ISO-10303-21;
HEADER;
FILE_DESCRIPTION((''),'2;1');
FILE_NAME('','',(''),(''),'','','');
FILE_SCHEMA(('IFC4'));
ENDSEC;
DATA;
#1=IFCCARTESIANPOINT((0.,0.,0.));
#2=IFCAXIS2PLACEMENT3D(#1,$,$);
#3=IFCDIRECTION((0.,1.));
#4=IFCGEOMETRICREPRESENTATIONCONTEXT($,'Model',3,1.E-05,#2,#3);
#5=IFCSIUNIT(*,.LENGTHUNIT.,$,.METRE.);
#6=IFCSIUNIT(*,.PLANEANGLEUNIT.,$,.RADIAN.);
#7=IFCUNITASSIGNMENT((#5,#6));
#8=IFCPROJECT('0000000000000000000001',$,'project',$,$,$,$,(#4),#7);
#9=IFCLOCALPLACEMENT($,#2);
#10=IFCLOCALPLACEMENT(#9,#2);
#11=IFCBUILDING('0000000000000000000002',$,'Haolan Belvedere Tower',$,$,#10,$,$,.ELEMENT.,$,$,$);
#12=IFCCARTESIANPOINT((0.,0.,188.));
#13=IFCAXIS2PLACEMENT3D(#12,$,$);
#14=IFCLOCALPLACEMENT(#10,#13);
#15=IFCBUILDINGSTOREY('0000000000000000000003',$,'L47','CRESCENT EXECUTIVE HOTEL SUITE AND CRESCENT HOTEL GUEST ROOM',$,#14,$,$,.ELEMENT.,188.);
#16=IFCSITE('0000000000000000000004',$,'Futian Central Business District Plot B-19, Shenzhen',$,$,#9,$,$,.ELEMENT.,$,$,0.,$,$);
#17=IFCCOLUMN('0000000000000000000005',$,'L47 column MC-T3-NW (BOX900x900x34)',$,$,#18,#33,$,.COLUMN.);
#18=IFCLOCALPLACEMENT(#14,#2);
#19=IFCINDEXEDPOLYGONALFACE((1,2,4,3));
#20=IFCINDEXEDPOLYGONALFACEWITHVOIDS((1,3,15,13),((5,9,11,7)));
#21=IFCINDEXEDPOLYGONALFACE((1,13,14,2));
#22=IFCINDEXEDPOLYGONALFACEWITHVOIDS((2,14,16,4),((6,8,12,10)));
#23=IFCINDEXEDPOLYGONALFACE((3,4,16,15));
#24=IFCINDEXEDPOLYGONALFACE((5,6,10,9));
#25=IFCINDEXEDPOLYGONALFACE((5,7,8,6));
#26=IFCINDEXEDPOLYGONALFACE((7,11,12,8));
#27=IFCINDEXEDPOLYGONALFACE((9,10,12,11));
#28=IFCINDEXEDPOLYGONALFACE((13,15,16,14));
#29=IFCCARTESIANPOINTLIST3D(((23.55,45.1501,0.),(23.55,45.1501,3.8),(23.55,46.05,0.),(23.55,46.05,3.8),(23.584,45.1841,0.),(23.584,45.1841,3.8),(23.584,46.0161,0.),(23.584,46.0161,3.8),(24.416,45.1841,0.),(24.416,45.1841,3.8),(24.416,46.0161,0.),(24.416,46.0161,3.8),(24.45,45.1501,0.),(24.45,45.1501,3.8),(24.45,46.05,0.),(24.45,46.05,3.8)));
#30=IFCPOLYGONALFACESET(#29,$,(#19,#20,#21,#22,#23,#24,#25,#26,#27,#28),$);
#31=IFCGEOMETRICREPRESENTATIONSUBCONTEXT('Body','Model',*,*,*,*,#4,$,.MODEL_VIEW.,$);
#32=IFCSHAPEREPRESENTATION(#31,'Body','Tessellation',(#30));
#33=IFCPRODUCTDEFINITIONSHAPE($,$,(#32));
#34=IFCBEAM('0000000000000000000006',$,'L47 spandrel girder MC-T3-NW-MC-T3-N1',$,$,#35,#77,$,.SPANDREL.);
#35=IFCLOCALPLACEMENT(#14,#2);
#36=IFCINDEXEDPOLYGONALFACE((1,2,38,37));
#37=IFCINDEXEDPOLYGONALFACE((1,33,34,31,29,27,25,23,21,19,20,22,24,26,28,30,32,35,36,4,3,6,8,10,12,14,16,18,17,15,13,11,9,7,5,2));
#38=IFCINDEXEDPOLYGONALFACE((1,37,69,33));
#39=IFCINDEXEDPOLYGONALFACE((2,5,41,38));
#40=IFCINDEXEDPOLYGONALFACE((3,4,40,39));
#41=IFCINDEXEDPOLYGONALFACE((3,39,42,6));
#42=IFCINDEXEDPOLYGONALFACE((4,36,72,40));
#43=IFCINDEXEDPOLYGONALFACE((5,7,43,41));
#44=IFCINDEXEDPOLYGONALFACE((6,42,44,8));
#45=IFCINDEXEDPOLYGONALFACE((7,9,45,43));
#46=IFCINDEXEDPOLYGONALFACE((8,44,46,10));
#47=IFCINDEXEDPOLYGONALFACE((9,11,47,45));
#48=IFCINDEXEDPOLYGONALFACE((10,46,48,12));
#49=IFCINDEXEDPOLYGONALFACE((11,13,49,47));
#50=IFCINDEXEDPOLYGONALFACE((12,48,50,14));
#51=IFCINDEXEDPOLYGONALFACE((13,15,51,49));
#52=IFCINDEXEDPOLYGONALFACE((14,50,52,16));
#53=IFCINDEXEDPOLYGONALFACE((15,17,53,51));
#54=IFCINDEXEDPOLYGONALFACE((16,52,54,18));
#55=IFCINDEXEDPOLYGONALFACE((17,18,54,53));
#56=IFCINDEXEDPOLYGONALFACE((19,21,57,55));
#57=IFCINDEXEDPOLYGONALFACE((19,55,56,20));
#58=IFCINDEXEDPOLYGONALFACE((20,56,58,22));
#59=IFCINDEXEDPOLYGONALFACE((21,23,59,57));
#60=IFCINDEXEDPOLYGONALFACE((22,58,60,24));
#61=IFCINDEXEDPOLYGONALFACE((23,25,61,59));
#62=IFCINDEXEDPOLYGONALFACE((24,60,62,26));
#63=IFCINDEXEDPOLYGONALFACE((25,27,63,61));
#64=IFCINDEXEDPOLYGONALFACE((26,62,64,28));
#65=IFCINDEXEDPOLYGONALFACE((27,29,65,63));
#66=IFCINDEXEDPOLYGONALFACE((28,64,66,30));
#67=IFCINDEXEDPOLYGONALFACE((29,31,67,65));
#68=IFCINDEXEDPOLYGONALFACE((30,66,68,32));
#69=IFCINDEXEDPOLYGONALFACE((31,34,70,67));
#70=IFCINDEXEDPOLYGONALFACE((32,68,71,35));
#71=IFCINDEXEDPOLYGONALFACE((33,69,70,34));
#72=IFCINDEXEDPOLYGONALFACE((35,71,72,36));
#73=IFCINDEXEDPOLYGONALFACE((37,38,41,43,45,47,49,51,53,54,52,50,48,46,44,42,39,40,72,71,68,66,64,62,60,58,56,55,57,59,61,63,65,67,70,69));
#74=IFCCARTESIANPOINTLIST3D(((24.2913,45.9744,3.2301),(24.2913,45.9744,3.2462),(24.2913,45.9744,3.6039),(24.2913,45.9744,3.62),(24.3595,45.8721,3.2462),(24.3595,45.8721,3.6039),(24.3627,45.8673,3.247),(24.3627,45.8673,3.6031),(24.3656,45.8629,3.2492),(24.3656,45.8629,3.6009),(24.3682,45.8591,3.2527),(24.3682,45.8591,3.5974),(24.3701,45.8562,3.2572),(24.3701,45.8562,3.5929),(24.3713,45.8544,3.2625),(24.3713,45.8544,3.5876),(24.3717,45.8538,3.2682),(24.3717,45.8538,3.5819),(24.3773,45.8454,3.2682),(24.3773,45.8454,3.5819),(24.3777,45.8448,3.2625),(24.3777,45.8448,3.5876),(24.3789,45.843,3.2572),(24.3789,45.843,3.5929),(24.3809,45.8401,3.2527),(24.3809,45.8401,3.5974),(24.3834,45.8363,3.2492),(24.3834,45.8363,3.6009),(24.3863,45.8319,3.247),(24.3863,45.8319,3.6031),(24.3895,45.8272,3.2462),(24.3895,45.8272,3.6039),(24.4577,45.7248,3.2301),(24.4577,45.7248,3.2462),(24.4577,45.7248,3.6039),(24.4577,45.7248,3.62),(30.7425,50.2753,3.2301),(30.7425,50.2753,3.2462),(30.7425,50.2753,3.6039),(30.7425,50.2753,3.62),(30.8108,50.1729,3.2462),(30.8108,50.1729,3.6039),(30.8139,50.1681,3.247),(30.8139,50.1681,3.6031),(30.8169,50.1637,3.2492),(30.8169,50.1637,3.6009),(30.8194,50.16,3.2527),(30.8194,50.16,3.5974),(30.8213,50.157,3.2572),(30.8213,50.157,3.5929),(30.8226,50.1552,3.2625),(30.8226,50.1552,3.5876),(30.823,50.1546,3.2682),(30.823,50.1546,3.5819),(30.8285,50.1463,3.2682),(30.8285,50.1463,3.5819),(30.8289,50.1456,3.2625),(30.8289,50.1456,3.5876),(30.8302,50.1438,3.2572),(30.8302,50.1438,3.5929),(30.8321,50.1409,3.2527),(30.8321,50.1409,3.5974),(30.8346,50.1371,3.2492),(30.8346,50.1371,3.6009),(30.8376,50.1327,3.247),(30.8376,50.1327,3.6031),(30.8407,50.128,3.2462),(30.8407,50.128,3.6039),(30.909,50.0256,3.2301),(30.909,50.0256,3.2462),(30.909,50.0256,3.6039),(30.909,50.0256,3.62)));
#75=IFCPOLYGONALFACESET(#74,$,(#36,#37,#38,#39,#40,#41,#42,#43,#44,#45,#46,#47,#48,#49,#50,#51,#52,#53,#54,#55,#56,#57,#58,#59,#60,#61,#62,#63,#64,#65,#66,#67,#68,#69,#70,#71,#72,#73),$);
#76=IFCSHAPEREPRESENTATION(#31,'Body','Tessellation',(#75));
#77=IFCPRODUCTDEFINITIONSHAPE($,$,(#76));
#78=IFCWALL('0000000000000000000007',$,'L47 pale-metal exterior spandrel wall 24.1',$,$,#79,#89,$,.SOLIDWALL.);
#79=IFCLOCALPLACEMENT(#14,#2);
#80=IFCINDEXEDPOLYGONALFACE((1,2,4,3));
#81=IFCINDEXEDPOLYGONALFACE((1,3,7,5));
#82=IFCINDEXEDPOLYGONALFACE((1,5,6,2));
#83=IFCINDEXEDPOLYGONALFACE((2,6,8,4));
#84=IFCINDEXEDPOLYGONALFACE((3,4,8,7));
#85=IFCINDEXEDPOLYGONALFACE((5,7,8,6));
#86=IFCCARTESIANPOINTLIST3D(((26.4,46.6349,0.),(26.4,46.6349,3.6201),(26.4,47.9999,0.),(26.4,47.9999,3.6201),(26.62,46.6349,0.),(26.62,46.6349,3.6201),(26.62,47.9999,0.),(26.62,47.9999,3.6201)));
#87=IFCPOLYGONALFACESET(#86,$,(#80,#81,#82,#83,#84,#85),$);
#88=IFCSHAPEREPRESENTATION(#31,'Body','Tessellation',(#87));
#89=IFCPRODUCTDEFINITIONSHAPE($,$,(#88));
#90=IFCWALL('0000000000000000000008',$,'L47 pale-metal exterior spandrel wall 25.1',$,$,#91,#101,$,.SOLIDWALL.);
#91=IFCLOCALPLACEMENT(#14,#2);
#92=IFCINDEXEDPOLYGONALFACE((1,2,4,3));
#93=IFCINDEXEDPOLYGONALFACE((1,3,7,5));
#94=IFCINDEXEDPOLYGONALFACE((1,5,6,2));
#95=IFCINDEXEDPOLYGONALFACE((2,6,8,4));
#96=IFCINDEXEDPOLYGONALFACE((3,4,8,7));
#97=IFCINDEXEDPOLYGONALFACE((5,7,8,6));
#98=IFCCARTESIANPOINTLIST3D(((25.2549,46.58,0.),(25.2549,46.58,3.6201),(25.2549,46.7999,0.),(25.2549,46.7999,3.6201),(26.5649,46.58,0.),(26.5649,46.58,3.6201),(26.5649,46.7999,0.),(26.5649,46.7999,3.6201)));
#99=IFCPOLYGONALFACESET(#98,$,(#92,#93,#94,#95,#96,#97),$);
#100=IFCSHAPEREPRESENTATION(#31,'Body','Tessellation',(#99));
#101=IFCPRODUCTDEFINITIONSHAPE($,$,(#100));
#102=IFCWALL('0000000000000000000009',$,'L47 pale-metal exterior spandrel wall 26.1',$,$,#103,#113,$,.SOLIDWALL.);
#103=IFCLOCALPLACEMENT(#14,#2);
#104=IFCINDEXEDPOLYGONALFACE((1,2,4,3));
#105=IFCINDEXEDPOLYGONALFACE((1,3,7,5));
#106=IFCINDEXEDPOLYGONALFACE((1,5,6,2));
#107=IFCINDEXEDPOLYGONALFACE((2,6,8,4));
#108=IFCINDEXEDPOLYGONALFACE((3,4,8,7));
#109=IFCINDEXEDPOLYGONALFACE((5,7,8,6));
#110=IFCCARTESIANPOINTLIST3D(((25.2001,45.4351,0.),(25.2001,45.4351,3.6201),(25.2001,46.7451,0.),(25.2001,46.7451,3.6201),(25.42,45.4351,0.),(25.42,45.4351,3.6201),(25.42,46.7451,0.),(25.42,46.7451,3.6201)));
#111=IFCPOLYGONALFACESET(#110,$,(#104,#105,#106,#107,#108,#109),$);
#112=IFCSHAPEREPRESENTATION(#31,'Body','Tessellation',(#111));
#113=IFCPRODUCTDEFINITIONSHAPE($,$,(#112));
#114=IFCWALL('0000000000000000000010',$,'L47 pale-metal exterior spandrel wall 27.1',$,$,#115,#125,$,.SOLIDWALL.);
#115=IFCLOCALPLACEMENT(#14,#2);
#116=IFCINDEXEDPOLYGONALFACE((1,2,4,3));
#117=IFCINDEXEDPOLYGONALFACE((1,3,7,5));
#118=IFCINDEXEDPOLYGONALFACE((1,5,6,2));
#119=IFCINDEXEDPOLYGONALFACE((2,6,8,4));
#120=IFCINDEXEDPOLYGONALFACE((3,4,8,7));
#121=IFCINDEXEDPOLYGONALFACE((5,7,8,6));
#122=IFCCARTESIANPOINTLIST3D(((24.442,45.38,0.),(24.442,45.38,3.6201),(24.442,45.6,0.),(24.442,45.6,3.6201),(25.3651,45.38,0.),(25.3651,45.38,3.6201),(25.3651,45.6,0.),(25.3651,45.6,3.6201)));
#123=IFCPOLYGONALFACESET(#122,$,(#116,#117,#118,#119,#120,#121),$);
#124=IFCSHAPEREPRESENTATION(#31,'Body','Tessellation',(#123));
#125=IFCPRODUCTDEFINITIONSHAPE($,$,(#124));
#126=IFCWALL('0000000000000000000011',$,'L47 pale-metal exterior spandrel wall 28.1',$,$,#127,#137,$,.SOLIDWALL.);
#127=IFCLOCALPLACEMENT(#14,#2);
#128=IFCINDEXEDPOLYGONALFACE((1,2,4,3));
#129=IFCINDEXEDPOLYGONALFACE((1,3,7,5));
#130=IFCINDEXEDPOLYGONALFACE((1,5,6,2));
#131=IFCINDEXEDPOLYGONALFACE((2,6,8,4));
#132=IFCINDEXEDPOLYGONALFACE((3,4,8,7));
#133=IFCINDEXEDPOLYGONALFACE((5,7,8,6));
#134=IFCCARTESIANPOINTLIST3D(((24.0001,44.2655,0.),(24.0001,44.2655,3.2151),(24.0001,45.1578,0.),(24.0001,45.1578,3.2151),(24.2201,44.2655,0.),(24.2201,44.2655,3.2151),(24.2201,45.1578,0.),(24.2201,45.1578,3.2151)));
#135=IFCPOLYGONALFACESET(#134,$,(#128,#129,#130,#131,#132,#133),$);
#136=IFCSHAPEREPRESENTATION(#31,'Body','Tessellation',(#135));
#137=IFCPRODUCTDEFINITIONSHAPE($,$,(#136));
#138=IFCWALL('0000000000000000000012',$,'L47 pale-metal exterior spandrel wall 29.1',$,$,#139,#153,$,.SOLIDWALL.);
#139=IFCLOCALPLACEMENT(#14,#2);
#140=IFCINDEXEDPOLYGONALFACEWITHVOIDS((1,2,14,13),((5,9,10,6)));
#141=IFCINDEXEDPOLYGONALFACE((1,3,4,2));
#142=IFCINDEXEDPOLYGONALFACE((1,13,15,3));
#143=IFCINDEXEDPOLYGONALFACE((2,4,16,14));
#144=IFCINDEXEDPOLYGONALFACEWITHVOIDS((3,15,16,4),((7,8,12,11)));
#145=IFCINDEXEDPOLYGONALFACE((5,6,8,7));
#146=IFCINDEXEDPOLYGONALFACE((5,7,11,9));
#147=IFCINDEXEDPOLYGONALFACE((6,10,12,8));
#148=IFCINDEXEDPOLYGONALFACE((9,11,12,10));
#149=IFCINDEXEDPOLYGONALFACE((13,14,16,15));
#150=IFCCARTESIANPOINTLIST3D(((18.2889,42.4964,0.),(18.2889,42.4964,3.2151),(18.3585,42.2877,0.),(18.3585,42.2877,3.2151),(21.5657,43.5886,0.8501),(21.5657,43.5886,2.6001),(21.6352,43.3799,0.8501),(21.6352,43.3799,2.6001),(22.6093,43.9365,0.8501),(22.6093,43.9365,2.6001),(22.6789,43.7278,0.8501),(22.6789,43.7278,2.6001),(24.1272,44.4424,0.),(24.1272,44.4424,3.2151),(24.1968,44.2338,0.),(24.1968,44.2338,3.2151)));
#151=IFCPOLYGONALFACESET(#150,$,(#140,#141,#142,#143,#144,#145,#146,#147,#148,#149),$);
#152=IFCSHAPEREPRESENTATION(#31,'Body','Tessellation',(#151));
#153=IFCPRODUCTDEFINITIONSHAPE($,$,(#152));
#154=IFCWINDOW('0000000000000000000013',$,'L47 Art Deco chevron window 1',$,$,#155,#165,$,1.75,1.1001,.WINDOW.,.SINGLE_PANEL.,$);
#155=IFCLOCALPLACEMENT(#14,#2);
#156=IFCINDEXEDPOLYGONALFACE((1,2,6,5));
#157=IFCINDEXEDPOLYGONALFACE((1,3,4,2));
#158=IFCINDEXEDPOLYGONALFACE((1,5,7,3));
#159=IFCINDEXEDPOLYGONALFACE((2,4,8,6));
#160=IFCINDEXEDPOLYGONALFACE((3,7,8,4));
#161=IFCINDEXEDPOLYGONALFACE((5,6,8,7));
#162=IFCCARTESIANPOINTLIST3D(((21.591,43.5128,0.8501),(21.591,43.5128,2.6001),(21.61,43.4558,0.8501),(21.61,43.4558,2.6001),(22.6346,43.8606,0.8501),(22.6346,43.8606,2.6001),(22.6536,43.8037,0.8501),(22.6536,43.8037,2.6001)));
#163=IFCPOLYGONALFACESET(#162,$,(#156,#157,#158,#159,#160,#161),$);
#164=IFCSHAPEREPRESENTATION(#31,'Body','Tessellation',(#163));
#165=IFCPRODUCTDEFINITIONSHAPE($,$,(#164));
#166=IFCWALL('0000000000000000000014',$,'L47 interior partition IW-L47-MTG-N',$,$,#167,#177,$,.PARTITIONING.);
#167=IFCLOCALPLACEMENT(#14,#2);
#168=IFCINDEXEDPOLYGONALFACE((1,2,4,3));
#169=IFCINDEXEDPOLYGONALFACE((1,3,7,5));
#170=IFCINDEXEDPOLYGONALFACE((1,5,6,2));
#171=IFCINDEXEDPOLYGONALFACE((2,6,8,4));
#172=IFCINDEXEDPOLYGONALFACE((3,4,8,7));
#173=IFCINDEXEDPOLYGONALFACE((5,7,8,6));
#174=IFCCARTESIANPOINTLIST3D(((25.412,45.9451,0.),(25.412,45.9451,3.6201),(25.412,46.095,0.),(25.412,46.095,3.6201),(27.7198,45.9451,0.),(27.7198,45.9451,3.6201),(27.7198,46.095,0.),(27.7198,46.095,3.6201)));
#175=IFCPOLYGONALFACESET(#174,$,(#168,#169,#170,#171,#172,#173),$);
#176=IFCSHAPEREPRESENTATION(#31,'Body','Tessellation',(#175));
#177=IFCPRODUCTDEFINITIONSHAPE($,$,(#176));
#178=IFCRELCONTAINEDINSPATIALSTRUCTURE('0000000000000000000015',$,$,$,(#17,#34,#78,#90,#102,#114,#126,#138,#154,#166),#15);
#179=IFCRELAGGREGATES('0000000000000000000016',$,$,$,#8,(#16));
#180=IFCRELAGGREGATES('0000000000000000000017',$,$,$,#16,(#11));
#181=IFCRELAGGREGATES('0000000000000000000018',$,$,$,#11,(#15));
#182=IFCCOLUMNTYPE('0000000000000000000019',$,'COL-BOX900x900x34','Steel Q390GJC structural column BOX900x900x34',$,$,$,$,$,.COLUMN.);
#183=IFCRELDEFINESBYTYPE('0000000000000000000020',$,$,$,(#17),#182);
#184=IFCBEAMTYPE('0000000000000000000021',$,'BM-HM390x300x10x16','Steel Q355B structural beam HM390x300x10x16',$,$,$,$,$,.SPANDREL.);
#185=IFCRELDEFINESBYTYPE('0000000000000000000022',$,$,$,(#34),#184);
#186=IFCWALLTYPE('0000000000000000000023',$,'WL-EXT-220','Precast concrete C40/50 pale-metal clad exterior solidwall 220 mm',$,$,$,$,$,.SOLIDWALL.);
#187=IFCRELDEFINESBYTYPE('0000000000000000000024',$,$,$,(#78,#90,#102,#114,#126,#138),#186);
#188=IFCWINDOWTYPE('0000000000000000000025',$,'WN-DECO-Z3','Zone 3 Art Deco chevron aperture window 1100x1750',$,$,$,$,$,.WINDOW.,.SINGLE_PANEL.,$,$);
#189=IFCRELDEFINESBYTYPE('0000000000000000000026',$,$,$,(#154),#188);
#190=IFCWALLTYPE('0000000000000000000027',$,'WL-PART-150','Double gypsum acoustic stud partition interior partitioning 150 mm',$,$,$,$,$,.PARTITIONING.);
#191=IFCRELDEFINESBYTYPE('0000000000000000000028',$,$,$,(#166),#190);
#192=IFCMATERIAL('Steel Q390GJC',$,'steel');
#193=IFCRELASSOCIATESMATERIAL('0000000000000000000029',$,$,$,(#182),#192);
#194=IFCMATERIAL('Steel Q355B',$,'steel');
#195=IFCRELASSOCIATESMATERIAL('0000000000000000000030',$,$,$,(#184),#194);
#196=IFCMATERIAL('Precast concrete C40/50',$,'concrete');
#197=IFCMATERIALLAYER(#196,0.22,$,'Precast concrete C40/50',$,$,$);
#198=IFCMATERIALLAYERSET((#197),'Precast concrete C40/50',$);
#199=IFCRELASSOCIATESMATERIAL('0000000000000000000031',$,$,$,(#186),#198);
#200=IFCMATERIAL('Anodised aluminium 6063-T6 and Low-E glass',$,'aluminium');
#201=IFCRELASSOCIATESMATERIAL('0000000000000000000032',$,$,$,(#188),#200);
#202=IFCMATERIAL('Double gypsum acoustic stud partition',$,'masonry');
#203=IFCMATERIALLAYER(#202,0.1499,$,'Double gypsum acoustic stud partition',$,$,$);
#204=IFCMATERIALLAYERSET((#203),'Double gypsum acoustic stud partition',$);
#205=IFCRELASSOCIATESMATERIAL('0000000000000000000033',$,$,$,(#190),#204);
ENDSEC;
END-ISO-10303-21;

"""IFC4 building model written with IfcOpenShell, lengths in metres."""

from ifc_helpers import new_model, si_unit, direction, frame, frame_2d, origin, origin_2d, place, context, subcontext, project, spatial, rectangle, hollow_rectangle, i_section, extrude, material, layer, layer_set, material_profile, profile_set, type_object, element, fill, save


model = new_model("IFC4")

# Units and contexts
model_context = context("Model", 3, precision=1e-05, world=origin(), true_north=direction((0.0, 1.0)))
body_context = subcontext(model_context, "Body", "Model", "MODEL_VIEW")
ifc_project = project(units=[si_unit("LENGTHUNIT", "METRE"), si_unit("PLANEANGLEUNIT", "RADIAN")], contexts=[model_context])

# Site, building, storey
site_placement = place(None, origin())
site = spatial("IfcSite", under=ifc_project, at=site_placement, Name="Futian Central Business District Plot B-19, Shenzhen", CompositionType="ELEMENT", RefElevation=0.0)
building_placement = place(site_placement, origin())
building = spatial("IfcBuilding", under=site, at=building_placement, Name="Haolan Belvedere Tower", CompositionType="ELEMENT")
storey_placement = place(building_placement, frame((0.0, 0.0, 188.0)))
storey = spatial("IfcBuildingStorey", under=building, at=storey_placement, Name="L47", Description="CRESCENT EXECUTIVE HOTEL SUITE AND CRESCENT HOTEL GUEST ROOM", CompositionType="ELEMENT", Elevation=188.0)

# Column
ifc_material_1 = material(Name="Steel Q390GJC", Category="steel")
ifc_material_profile_1 = material_profile(ifc_material_1, hollow_rectangle(XDim=0.8999, YDim=0.8999, WallThickness=0.0339, at=origin_2d()), Name="Steel Q390GJC")
ifc_profile_set_1 = profile_set([ifc_material_profile_1], Name="Steel Q390GJC")
column_type = type_object("IfcColumnType", Name="COL-BOX900x900x34", Description="Steel Q390GJC structural column BOX900x900x34", PredefinedType="COLUMN", material=ifc_profile_set_1)
column_placement = place(storey_placement, frame((24.0, 45.6001, 0.0), z_axis=(0.0, 0.0, 1.0), x_axis=(1.0, 0.0, 0.0)))
element("IfcColumn", 1, at=column_placement, inside=storey, type_object=column_type, Name="L47 column MC-T3-NW (BOX900x900x34)", PredefinedType="COLUMN", context=body_context, shape_type="SweptSolid", body=[
    extrude(hollow_rectangle(XDim=0.8999, YDim=0.8999, WallThickness=0.0339, at=origin_2d()), origin(), (0.0, 0.0, 1.0), 3.8),
])

# Beam
ifc_material_2 = material(Name="Steel Q355B", Category="steel")
ifc_material_profile_2 = material_profile(ifc_material_2, i_section(OverallWidth=0.3, OverallDepth=0.3899, WebThickness=0.01, FlangeThickness=0.0161, FilletRadius=0.022, at=origin_2d()), Name="Steel Q355B")
ifc_profile_set_2 = profile_set([ifc_material_profile_2], Name="Steel Q355B")
beam_type = type_object("IfcBeamType", Name="BM-HM390x300x10x16", Description="Steel Q355B structural beam HM390x300x10x16", PredefinedType="SPANDREL", material=ifc_profile_set_2)
beam_placement = place(storey_placement, frame((24.3745, 45.8496, 3.425), z_axis=(0.83205, 0.5547, 0.0), x_axis=(-0.5547, 0.83205, 0.0)))
element("IfcBeam", 2, at=beam_placement, inside=storey, type_object=beam_type, Name="L47 spandrel girder MC-T3-NW-MC-T3-N1", PredefinedType="SPANDREL", context=body_context, shape_type="SweptSolid", body=[
    extrude(i_section(OverallWidth=0.3, OverallDepth=0.3899, WebThickness=0.01, FlangeThickness=0.0161, FilletRadius=0.022, at=origin_2d()), origin(), (0.0, 0.0, 1.0), 7.7534),
])

# Walls
ifc_material_3 = material(Name="Precast concrete C40/50", Category="concrete")
ifc_layer_1 = layer(ifc_material_3, 0.22, Name="Precast concrete C40/50")
ifc_layer_set_1 = layer_set([ifc_layer_1], Name="Precast concrete C40/50")
wall_type_1 = type_object("IfcWallType", Name="WL-EXT-220", Description="Precast concrete C40/50 pale-metal clad exterior solidwall 220 mm", PredefinedType="SOLIDWALL", material=ifc_layer_set_1)
wall_1_placement = place(storey_placement, frame((26.51, 48.0, 0.0), z_axis=(0.0, 0.0, 1.0), x_axis=(0.0, -1.0, 0.0)))
element("IfcWall", 3, at=wall_1_placement, inside=storey, type_object=wall_type_1, Name="L47 pale-metal exterior spandrel wall 24.1", PredefinedType="SOLIDWALL", context=body_context, shape_type="SweptSolid", body=[
    extrude(rectangle(XDim=1.365, YDim=0.22, at=frame_2d((0.6826, 0.0))), origin(), (0.0, 0.0, 1.0), 3.6201),
])
for number, where, z_axis, x_axis, name in (
    (4, (26.5649, 46.6899, 0.0), (0.0, 0.0, 1.0), (-1.0, 0.0, 0.0), "L47 pale-metal exterior spandrel wall 25.1"),
    (5, (25.3101, 46.7451, 0.0), (0.0, 0.0, 1.0), (0.0, -1.0, 0.0), "L47 pale-metal exterior spandrel wall 26.1"),
):
    element("IfcWall", number, at=place(storey_placement, frame(where, z_axis=z_axis, x_axis=x_axis)), inside=storey, type_object=wall_type_1, Name=name, PredefinedType="SOLIDWALL", context=body_context, shape_type="SweptSolid", body=[
        extrude(rectangle(XDim=1.3101, YDim=0.22, at=frame_2d((0.655, 0.0))), origin(), (0.0, 0.0, 1.0), 3.6201),
    ])
wall_2_placement = place(storey_placement, frame((25.365, 45.49, 0.0), z_axis=(0.0, 0.0, 1.0), x_axis=(-1.0, 0.0, 0.0)))
element("IfcWall", 6, at=wall_2_placement, inside=storey, type_object=wall_type_1, Name="L47 pale-metal exterior spandrel wall 27.1", PredefinedType="SOLIDWALL", context=body_context, shape_type="SweptSolid", body=[
    extrude(rectangle(XDim=0.9231, YDim=0.22, at=frame_2d((0.4614, 0.0))), origin(), (0.0, 0.0, 1.0), 3.6201),
])
wall_3_placement = place(storey_placement, frame((24.1101, 45.158, 0.0), z_axis=(0.0, 0.0, 1.0), x_axis=(0.0, -1.0, 0.0)))
element("IfcWall", 7, at=wall_3_placement, inside=storey, type_object=wall_type_1, Name="L47 pale-metal exterior spandrel wall 28.1", PredefinedType="SOLIDWALL", context=body_context, shape_type="SweptSolid", body=[
    extrude(rectangle(XDim=0.8923, YDim=0.22, at=frame_2d((0.4463, 0.0))), origin(), (0.0, 0.0, 1.0), 3.2151),
])

# Wall, opening, window
wall_4_placement = place(storey_placement, frame((24.1621, 44.3381, 0.0), z_axis=(0.0, 0.0, 1.0), x_axis=(-0.948687, -0.316216, 0.0)))
wall_4 = element("IfcWall", 8, at=wall_4_placement, inside=storey, type_object=wall_type_1, Name="L47 pale-metal exterior spandrel wall 29.1", PredefinedType="SOLIDWALL", context=body_context, shape_type="SweptSolid", body=[
    extrude(rectangle(XDim=6.1541, YDim=0.22, at=frame_2d((3.0771, 0.0))), origin(), (0.0, 0.0, 1.0), 3.2151),
])
opening_1_placement = place(wall_4_placement, frame((1.6001, 0.0, 0.8501)))
opening_1 = element("IfcOpeningElement", 9, at=opening_1_placement, cuts=wall_4, PredefinedType="OPENING", context=body_context, shape_type="SweptSolid", body=[
    extrude(rectangle(XDim=1.1001, YDim=1.75, at=frame_2d((0.55, 0.875))), frame((0.0, 0.1199, 0.0), z_axis=(0.0, -1.0, 0.0), x_axis=(1.0, 0.0, 0.0)), (0.0, 0.0, 1.0), 0.24),
])
ifc_material_4 = material(Name="Anodised aluminium 6063-T6 and Low-E glass", Category="aluminium")
window_type = type_object("IfcWindowType", Name="WN-DECO-Z3", Description="Zone 3 Art Deco chevron aperture window 1100x1750", PartitioningType="SINGLE_PANEL", PredefinedType="WINDOW", material=ifc_material_4)
window_placement = place(opening_1_placement, origin())
window = element("IfcWindow", 10, at=window_placement, inside=storey, type_object=window_type, Name="L47 Art Deco chevron window 1", OverallHeight=1.75, OverallWidth=1.1001, PartitioningType="SINGLE_PANEL", PredefinedType="WINDOW", context=body_context, shape_type="SweptSolid", body=[
    extrude(rectangle(XDim=1.1001, YDim=1.75, at=frame_2d((0.55, 0.875))), frame((0.0, 0.03, 0.0), z_axis=(0.0, -1.0, 0.0), x_axis=(1.0, 0.0, 0.0)), (0.0, 0.0, 1.0), 0.0601),
])
fill(opening_1, window)

# Wall
ifc_material_5 = material(Name="Double gypsum acoustic stud partition", Category="masonry")
ifc_layer_2 = layer(ifc_material_5, 0.1499, Name="Double gypsum acoustic stud partition")
ifc_layer_set_2 = layer_set([ifc_layer_2], Name="Double gypsum acoustic stud partition")
wall_type_2 = type_object("IfcWallType", Name="WL-PART-150", Description="Double gypsum acoustic stud partition interior partitioning 150 mm", PredefinedType="PARTITIONING", material=ifc_layer_set_2)
wall_5_placement = place(storey_placement, frame((25.4121, 46.02, 0.0), z_axis=(0.0, 0.0, 1.0), x_axis=(1.0, 0.0, 0.0)))
element("IfcWall", 11, at=wall_5_placement, inside=storey, type_object=wall_type_2, Name="L47 interior partition IW-L47-MTG-N", PredefinedType="PARTITIONING", context=body_context, shape_type="SweptSolid", body=[
    extrude(rectangle(XDim=2.3079, YDim=0.1499, at=frame_2d((1.1538, 0.0))), origin(), (0.0, 0.0, 1.0), 3.6201),
])

save(model, "model.ifc")
